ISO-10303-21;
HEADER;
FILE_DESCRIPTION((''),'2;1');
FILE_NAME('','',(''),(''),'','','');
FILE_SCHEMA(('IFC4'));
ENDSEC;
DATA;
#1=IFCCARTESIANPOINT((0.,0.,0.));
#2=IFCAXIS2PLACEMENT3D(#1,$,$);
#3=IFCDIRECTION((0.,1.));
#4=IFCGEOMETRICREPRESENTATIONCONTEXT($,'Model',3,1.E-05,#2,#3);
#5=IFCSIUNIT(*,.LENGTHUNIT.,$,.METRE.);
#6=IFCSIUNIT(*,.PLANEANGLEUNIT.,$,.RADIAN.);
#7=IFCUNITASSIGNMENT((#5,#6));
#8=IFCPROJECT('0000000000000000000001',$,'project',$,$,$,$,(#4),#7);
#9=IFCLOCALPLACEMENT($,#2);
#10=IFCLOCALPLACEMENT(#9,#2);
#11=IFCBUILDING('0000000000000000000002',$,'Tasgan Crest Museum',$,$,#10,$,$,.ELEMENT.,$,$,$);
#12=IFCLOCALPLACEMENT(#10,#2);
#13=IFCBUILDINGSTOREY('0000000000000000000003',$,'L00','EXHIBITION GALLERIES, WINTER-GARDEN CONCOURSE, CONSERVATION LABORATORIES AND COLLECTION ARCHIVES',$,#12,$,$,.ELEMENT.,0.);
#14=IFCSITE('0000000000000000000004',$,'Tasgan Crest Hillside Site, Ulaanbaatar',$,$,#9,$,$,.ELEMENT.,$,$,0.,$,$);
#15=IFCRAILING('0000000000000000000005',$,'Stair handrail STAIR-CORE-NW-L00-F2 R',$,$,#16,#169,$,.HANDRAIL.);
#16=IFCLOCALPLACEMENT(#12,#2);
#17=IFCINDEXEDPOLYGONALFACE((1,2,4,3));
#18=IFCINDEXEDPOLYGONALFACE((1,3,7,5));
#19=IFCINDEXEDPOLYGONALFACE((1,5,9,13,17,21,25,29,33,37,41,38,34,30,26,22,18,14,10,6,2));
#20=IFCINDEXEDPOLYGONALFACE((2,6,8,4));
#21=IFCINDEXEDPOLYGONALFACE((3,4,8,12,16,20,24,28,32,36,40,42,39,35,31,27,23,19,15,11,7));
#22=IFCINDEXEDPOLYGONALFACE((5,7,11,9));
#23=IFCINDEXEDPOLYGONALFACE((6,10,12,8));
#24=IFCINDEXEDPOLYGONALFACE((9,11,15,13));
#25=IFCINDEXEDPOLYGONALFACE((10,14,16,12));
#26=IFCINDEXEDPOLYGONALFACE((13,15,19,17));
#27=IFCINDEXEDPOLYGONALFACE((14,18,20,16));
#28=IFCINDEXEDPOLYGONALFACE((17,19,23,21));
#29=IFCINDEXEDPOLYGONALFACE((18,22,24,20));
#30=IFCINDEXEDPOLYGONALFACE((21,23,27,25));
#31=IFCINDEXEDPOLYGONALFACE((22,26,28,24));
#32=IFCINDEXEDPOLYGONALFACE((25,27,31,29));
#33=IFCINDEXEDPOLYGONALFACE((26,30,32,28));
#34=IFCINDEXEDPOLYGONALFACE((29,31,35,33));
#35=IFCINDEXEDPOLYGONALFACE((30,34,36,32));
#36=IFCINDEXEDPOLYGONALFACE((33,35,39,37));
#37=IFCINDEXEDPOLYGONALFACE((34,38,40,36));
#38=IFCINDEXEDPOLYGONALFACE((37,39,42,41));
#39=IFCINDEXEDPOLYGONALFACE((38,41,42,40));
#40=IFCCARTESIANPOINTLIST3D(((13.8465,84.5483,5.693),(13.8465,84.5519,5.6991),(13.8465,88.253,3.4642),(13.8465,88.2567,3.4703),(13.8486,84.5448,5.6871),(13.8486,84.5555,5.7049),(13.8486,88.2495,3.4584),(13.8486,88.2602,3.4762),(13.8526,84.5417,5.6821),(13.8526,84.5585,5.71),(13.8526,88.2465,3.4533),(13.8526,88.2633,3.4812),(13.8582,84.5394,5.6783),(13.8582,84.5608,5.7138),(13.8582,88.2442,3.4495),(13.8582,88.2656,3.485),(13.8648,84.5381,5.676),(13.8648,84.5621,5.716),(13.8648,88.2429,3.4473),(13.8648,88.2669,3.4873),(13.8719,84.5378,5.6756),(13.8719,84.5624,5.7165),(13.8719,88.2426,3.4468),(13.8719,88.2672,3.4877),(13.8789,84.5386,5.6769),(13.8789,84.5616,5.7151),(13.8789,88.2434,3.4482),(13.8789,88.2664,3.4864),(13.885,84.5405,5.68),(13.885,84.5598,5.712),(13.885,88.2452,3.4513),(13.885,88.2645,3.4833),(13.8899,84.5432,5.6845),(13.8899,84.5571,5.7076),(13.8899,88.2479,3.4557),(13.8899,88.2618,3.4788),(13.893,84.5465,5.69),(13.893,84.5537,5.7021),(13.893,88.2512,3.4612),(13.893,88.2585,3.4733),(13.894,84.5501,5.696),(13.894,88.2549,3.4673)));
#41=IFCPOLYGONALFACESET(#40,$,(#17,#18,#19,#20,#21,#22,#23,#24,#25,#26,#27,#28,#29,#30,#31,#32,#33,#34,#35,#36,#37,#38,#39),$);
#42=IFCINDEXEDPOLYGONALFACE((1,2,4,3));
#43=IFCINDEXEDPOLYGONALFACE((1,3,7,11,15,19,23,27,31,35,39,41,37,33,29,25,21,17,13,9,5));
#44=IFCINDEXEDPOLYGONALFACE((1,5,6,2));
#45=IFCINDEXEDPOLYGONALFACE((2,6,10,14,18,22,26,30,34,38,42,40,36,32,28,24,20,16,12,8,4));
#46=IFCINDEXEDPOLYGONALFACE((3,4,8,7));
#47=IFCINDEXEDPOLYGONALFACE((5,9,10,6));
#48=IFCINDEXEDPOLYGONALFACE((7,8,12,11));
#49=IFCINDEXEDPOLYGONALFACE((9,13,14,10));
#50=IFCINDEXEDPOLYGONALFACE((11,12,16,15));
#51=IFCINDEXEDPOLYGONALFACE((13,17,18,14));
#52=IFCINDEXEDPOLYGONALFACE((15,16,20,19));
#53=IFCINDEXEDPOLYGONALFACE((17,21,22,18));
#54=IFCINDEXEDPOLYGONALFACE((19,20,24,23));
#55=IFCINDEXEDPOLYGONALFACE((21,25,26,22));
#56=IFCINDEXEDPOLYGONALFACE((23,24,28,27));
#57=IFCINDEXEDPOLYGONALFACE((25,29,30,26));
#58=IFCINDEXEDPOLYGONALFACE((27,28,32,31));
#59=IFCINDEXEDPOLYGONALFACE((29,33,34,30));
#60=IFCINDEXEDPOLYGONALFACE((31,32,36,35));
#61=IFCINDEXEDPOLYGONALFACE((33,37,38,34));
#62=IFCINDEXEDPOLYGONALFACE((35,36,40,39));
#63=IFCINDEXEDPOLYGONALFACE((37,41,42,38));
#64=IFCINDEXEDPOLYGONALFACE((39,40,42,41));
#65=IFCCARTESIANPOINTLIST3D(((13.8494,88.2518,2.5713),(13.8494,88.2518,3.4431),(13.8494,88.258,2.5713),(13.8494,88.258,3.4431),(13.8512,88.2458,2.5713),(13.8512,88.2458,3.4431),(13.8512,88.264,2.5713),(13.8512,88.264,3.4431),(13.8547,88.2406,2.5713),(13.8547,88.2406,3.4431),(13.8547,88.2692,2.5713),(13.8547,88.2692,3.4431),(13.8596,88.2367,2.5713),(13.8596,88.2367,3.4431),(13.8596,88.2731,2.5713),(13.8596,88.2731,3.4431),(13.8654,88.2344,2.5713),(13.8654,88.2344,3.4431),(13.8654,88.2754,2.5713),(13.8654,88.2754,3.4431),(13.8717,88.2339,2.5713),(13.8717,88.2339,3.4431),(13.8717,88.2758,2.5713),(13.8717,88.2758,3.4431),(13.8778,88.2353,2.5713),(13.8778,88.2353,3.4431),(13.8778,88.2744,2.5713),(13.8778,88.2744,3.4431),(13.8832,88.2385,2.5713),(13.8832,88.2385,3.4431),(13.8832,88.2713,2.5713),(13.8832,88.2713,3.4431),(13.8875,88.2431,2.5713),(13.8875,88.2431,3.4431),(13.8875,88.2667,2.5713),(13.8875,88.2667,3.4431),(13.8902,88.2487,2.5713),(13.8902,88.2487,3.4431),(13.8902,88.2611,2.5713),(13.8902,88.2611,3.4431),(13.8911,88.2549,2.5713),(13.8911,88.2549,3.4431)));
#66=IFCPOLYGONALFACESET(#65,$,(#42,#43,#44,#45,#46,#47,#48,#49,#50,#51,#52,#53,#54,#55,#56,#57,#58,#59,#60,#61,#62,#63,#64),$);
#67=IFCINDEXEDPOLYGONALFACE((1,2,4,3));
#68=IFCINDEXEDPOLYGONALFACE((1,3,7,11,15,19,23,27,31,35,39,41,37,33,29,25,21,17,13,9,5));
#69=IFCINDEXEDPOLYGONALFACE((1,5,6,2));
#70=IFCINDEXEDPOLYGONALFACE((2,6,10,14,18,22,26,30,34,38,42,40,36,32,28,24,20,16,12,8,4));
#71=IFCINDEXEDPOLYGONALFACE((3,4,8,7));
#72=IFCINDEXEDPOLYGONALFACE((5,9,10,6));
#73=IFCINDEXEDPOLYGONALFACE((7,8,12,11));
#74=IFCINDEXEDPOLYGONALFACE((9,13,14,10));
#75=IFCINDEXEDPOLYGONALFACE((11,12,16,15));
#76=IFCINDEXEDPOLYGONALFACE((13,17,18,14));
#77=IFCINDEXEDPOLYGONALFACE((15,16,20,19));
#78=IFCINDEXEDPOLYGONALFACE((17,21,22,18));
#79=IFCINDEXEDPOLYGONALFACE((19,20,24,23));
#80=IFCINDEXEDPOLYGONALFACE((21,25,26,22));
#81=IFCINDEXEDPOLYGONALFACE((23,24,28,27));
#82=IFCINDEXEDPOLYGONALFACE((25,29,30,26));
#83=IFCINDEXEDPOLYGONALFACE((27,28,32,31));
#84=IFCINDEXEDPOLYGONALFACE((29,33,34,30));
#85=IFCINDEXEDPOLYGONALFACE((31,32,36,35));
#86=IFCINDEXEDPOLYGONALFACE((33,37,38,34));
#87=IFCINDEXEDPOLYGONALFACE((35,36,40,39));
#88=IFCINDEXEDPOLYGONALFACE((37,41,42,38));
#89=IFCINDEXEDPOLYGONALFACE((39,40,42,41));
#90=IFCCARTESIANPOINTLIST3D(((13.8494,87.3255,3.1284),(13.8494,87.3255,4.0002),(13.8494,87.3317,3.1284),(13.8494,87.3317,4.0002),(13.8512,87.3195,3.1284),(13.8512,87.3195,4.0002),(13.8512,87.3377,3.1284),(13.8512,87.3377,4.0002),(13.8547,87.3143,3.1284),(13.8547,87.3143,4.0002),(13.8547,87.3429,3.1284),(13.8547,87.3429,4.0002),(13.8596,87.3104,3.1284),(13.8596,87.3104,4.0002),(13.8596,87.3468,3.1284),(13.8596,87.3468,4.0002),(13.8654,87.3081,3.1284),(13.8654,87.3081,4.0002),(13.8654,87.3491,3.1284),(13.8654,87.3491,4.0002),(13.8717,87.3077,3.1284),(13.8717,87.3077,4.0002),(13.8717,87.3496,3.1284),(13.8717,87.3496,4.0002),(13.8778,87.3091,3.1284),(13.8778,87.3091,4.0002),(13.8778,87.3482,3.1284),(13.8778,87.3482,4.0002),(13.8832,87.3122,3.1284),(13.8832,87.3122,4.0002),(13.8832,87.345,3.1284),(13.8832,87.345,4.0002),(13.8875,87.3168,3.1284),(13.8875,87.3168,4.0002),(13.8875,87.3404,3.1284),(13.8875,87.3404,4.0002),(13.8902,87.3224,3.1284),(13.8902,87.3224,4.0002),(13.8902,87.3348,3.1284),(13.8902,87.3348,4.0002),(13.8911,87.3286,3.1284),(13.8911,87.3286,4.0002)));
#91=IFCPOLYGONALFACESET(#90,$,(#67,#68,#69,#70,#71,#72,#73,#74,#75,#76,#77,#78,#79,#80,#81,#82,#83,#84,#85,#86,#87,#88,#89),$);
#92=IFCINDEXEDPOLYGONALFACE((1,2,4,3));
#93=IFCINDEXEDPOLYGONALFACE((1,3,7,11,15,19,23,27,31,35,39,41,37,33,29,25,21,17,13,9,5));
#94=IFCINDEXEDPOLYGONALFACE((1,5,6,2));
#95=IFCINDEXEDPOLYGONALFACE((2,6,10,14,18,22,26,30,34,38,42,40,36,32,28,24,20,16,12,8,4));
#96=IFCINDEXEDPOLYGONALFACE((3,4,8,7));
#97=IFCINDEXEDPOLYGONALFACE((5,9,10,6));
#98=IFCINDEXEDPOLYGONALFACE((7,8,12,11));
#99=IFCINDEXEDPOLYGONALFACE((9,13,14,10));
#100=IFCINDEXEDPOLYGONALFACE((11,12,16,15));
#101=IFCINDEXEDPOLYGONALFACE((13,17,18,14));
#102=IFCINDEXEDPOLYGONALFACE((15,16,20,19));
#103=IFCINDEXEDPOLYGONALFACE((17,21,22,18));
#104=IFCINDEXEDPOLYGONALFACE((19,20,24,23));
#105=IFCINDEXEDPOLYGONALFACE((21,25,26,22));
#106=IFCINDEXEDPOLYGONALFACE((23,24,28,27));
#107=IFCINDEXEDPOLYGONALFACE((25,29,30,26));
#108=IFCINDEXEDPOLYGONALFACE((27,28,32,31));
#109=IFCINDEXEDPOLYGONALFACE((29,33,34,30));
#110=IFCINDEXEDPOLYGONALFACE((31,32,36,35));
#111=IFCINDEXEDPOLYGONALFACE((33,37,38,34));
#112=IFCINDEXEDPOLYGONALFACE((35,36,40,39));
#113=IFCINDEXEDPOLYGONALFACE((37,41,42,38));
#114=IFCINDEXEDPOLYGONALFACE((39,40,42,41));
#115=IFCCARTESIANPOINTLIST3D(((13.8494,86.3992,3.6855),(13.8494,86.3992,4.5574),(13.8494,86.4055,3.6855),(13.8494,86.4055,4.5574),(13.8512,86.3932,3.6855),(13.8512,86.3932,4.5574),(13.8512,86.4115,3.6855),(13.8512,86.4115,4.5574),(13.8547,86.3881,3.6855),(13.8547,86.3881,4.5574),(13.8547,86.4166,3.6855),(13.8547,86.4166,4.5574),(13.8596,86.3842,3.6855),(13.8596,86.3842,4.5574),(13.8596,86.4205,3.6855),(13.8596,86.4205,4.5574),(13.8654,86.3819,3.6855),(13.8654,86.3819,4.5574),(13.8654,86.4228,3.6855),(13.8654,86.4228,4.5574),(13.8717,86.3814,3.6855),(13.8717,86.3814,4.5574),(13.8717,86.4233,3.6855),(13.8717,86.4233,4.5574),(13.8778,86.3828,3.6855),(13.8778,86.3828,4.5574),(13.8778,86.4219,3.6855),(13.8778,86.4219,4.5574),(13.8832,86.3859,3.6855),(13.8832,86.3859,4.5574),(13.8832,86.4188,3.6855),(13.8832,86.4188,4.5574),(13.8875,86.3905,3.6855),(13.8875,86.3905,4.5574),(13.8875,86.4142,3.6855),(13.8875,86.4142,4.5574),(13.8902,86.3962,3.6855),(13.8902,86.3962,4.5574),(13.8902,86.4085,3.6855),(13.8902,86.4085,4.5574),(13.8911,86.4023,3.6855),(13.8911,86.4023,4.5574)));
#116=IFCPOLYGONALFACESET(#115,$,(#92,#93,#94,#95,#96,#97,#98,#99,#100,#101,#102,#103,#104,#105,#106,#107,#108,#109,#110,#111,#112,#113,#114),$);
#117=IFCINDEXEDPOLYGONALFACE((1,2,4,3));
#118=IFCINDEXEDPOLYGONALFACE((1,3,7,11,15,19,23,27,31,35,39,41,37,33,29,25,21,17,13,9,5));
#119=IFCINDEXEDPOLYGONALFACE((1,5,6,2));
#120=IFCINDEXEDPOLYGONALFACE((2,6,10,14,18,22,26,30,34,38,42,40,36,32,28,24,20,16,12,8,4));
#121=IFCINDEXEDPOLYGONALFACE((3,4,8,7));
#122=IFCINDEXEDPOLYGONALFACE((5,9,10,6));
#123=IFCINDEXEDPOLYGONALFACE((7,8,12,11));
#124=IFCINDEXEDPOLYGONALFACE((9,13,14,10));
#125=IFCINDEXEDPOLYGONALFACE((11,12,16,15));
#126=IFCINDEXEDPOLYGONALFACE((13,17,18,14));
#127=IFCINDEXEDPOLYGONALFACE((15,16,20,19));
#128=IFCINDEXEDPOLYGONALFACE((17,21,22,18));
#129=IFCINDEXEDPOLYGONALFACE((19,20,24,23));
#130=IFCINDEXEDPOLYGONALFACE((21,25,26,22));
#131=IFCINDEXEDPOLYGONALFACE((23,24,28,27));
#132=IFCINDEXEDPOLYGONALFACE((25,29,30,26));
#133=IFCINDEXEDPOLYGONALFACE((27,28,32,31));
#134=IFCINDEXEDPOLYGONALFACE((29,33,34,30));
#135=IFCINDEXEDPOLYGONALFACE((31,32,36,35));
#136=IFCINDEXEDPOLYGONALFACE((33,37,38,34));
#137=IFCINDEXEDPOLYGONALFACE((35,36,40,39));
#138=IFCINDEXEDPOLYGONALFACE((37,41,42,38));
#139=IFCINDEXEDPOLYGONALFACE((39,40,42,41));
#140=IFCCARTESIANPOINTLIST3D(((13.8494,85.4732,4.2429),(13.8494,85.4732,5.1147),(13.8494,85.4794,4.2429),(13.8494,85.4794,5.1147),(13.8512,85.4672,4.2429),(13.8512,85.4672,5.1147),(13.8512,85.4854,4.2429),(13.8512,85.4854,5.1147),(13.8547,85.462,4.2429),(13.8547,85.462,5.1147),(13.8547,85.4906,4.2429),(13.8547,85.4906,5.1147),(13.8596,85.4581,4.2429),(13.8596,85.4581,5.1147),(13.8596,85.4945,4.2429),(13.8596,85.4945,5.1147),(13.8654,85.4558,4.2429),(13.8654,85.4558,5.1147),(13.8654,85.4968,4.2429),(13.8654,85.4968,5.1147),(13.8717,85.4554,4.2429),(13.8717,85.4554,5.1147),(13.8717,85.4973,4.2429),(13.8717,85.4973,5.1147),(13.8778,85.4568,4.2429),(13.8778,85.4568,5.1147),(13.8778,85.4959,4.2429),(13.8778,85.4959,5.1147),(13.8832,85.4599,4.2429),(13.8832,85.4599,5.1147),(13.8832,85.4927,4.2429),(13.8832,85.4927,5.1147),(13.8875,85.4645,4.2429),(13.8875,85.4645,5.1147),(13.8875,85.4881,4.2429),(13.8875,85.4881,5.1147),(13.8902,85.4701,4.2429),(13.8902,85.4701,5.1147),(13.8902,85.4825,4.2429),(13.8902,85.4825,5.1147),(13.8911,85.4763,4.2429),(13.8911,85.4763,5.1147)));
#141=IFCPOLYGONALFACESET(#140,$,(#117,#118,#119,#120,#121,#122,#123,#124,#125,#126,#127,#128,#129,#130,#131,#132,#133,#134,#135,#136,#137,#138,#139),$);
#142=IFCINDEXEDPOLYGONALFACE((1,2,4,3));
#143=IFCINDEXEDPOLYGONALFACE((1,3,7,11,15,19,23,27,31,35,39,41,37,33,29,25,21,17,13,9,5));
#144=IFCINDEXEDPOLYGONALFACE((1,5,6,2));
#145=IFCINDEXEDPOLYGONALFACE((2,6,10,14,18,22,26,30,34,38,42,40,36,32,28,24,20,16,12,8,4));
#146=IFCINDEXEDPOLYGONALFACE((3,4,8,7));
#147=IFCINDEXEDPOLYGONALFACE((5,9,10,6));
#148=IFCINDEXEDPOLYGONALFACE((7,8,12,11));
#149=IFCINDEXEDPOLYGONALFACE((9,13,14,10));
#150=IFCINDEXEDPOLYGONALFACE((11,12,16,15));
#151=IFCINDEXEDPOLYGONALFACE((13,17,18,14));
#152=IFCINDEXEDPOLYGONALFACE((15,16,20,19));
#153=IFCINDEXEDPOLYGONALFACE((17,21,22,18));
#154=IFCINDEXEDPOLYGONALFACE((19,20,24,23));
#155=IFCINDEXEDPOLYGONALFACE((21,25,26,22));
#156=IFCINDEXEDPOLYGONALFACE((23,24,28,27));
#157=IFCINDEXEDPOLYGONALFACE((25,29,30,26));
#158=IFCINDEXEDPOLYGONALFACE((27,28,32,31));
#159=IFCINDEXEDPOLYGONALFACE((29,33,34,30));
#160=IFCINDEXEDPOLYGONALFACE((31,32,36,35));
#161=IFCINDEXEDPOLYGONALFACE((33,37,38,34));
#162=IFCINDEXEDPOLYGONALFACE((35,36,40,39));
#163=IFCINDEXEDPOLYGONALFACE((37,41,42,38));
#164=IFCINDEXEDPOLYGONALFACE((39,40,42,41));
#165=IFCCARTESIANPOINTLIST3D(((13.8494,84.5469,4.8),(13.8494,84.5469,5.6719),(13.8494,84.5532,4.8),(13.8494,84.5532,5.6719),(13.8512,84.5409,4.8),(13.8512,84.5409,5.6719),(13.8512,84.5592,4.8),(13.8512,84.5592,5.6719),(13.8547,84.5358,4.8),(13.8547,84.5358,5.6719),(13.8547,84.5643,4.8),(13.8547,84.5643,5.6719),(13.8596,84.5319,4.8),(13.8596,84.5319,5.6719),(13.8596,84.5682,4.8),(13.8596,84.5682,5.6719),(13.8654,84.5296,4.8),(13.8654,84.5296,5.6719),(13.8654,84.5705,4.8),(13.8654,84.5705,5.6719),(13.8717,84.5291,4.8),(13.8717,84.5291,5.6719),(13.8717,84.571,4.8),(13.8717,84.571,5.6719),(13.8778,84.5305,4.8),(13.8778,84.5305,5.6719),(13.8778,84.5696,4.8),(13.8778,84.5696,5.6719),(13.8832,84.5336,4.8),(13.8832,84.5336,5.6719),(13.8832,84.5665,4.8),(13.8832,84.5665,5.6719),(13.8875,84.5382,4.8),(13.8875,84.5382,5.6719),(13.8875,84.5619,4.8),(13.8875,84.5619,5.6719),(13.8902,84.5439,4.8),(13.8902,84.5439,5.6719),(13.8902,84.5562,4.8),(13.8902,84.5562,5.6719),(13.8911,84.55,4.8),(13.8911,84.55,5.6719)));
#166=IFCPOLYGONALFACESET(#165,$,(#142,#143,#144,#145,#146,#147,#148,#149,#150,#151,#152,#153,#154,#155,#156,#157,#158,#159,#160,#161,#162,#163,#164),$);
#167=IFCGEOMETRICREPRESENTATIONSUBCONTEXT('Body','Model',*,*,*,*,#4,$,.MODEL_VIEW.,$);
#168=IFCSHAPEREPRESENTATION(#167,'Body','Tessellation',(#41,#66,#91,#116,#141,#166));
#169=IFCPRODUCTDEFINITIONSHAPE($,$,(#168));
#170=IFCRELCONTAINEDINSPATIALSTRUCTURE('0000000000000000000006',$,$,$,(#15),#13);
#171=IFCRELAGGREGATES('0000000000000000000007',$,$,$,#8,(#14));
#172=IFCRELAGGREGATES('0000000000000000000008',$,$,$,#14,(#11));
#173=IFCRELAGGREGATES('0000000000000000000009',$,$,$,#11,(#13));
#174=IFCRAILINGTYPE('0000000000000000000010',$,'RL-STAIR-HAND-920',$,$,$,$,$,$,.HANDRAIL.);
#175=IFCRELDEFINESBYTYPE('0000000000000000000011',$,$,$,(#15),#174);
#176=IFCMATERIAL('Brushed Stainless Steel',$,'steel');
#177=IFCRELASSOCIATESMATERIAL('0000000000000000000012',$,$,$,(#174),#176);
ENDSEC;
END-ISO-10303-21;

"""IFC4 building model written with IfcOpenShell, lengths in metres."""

from ifc_helpers import new_model, si_unit, direction, frame, origin, origin_2d, place, context, subcontext, project, spatial, circle, extrude, material, type_object, element, save


model = new_model("IFC4")

# Units and contexts
model_context = context("Model", 3, precision=1e-05, world=origin(), true_north=direction((0.0, 1.0)))
body_context = subcontext(model_context, "Body", "Model", "MODEL_VIEW")
ifc_project = project(units=[si_unit("LENGTHUNIT", "METRE"), si_unit("PLANEANGLEUNIT", "RADIAN")], contexts=[model_context])

# Site, building, storey
site_placement = place(None, origin())
site = spatial("IfcSite", under=ifc_project, at=site_placement, Name="Tasgan Crest Hillside Site, Ulaanbaatar", CompositionType="ELEMENT", RefElevation=0.0)
building_placement = place(site_placement, origin())
building = spatial("IfcBuilding", under=site, at=building_placement, Name="Tasgan Crest Museum", CompositionType="ELEMENT")
storey_placement = place(building_placement, origin())
storey = spatial("IfcBuildingStorey", under=building, at=storey_placement, Name="L00", Description="EXHIBITION GALLERIES, WINTER-GARDEN CONCOURSE, CONSERVATION LABORATORIES AND COLLECTION ARCHIVES", CompositionType="ELEMENT", Elevation=0.0)

# Railing
ifc_material_1 = material(Name="Brushed Stainless Steel", Category="steel")
railing_type_1 = type_object("IfcRailingType", Name="RL-STAIR-HAND-920", PredefinedType="HANDRAIL", material=ifc_material_1)
railing_1_placement = place(storey_placement, frame((13.8701, 88.2549, 2.5713)))
element("IfcRailing", 1, at=railing_1_placement, inside=storey, type_object=railing_type_1, Name="Stair handrail STAIR-CORE-NW-L00-F2 R", PredefinedType="HANDRAIL", context=body_context, shape_type="SweptSolid", body=[
    extrude(circle(Radius=0.0239, at=origin_2d()), frame((0.0, 0.0, 0.896), z_axis=(0.0, -0.856894, 0.515492), x_axis=(1.0, 0.0, 0.0)), (0.0, 0.0, 1.0), 4.3235),
    extrude(circle(Radius=0.021, at=origin_2d()), origin(), (0.0, 0.0, 1.0), 0.8718),
    extrude(circle(Radius=0.021, at=origin_2d()), frame((0.0, -0.9263, 0.5571)), (0.0, 0.0, 1.0), 0.8718),
    extrude(circle(Radius=0.021, at=origin_2d()), frame((0.0, -1.8525, 1.1143)), (0.0, 0.0, 1.0), 0.8718),
    extrude(circle(Radius=0.021, at=origin_2d()), frame((0.0, -2.7786, 1.6716)), (0.0, 0.0, 1.0), 0.8718),
    extrude(circle(Radius=0.021, at=origin_2d()), frame((0.0, -3.7048, 2.2288)), (0.0, 0.0, 1.0), 0.8718),
])

save(model, "model.ifc")
